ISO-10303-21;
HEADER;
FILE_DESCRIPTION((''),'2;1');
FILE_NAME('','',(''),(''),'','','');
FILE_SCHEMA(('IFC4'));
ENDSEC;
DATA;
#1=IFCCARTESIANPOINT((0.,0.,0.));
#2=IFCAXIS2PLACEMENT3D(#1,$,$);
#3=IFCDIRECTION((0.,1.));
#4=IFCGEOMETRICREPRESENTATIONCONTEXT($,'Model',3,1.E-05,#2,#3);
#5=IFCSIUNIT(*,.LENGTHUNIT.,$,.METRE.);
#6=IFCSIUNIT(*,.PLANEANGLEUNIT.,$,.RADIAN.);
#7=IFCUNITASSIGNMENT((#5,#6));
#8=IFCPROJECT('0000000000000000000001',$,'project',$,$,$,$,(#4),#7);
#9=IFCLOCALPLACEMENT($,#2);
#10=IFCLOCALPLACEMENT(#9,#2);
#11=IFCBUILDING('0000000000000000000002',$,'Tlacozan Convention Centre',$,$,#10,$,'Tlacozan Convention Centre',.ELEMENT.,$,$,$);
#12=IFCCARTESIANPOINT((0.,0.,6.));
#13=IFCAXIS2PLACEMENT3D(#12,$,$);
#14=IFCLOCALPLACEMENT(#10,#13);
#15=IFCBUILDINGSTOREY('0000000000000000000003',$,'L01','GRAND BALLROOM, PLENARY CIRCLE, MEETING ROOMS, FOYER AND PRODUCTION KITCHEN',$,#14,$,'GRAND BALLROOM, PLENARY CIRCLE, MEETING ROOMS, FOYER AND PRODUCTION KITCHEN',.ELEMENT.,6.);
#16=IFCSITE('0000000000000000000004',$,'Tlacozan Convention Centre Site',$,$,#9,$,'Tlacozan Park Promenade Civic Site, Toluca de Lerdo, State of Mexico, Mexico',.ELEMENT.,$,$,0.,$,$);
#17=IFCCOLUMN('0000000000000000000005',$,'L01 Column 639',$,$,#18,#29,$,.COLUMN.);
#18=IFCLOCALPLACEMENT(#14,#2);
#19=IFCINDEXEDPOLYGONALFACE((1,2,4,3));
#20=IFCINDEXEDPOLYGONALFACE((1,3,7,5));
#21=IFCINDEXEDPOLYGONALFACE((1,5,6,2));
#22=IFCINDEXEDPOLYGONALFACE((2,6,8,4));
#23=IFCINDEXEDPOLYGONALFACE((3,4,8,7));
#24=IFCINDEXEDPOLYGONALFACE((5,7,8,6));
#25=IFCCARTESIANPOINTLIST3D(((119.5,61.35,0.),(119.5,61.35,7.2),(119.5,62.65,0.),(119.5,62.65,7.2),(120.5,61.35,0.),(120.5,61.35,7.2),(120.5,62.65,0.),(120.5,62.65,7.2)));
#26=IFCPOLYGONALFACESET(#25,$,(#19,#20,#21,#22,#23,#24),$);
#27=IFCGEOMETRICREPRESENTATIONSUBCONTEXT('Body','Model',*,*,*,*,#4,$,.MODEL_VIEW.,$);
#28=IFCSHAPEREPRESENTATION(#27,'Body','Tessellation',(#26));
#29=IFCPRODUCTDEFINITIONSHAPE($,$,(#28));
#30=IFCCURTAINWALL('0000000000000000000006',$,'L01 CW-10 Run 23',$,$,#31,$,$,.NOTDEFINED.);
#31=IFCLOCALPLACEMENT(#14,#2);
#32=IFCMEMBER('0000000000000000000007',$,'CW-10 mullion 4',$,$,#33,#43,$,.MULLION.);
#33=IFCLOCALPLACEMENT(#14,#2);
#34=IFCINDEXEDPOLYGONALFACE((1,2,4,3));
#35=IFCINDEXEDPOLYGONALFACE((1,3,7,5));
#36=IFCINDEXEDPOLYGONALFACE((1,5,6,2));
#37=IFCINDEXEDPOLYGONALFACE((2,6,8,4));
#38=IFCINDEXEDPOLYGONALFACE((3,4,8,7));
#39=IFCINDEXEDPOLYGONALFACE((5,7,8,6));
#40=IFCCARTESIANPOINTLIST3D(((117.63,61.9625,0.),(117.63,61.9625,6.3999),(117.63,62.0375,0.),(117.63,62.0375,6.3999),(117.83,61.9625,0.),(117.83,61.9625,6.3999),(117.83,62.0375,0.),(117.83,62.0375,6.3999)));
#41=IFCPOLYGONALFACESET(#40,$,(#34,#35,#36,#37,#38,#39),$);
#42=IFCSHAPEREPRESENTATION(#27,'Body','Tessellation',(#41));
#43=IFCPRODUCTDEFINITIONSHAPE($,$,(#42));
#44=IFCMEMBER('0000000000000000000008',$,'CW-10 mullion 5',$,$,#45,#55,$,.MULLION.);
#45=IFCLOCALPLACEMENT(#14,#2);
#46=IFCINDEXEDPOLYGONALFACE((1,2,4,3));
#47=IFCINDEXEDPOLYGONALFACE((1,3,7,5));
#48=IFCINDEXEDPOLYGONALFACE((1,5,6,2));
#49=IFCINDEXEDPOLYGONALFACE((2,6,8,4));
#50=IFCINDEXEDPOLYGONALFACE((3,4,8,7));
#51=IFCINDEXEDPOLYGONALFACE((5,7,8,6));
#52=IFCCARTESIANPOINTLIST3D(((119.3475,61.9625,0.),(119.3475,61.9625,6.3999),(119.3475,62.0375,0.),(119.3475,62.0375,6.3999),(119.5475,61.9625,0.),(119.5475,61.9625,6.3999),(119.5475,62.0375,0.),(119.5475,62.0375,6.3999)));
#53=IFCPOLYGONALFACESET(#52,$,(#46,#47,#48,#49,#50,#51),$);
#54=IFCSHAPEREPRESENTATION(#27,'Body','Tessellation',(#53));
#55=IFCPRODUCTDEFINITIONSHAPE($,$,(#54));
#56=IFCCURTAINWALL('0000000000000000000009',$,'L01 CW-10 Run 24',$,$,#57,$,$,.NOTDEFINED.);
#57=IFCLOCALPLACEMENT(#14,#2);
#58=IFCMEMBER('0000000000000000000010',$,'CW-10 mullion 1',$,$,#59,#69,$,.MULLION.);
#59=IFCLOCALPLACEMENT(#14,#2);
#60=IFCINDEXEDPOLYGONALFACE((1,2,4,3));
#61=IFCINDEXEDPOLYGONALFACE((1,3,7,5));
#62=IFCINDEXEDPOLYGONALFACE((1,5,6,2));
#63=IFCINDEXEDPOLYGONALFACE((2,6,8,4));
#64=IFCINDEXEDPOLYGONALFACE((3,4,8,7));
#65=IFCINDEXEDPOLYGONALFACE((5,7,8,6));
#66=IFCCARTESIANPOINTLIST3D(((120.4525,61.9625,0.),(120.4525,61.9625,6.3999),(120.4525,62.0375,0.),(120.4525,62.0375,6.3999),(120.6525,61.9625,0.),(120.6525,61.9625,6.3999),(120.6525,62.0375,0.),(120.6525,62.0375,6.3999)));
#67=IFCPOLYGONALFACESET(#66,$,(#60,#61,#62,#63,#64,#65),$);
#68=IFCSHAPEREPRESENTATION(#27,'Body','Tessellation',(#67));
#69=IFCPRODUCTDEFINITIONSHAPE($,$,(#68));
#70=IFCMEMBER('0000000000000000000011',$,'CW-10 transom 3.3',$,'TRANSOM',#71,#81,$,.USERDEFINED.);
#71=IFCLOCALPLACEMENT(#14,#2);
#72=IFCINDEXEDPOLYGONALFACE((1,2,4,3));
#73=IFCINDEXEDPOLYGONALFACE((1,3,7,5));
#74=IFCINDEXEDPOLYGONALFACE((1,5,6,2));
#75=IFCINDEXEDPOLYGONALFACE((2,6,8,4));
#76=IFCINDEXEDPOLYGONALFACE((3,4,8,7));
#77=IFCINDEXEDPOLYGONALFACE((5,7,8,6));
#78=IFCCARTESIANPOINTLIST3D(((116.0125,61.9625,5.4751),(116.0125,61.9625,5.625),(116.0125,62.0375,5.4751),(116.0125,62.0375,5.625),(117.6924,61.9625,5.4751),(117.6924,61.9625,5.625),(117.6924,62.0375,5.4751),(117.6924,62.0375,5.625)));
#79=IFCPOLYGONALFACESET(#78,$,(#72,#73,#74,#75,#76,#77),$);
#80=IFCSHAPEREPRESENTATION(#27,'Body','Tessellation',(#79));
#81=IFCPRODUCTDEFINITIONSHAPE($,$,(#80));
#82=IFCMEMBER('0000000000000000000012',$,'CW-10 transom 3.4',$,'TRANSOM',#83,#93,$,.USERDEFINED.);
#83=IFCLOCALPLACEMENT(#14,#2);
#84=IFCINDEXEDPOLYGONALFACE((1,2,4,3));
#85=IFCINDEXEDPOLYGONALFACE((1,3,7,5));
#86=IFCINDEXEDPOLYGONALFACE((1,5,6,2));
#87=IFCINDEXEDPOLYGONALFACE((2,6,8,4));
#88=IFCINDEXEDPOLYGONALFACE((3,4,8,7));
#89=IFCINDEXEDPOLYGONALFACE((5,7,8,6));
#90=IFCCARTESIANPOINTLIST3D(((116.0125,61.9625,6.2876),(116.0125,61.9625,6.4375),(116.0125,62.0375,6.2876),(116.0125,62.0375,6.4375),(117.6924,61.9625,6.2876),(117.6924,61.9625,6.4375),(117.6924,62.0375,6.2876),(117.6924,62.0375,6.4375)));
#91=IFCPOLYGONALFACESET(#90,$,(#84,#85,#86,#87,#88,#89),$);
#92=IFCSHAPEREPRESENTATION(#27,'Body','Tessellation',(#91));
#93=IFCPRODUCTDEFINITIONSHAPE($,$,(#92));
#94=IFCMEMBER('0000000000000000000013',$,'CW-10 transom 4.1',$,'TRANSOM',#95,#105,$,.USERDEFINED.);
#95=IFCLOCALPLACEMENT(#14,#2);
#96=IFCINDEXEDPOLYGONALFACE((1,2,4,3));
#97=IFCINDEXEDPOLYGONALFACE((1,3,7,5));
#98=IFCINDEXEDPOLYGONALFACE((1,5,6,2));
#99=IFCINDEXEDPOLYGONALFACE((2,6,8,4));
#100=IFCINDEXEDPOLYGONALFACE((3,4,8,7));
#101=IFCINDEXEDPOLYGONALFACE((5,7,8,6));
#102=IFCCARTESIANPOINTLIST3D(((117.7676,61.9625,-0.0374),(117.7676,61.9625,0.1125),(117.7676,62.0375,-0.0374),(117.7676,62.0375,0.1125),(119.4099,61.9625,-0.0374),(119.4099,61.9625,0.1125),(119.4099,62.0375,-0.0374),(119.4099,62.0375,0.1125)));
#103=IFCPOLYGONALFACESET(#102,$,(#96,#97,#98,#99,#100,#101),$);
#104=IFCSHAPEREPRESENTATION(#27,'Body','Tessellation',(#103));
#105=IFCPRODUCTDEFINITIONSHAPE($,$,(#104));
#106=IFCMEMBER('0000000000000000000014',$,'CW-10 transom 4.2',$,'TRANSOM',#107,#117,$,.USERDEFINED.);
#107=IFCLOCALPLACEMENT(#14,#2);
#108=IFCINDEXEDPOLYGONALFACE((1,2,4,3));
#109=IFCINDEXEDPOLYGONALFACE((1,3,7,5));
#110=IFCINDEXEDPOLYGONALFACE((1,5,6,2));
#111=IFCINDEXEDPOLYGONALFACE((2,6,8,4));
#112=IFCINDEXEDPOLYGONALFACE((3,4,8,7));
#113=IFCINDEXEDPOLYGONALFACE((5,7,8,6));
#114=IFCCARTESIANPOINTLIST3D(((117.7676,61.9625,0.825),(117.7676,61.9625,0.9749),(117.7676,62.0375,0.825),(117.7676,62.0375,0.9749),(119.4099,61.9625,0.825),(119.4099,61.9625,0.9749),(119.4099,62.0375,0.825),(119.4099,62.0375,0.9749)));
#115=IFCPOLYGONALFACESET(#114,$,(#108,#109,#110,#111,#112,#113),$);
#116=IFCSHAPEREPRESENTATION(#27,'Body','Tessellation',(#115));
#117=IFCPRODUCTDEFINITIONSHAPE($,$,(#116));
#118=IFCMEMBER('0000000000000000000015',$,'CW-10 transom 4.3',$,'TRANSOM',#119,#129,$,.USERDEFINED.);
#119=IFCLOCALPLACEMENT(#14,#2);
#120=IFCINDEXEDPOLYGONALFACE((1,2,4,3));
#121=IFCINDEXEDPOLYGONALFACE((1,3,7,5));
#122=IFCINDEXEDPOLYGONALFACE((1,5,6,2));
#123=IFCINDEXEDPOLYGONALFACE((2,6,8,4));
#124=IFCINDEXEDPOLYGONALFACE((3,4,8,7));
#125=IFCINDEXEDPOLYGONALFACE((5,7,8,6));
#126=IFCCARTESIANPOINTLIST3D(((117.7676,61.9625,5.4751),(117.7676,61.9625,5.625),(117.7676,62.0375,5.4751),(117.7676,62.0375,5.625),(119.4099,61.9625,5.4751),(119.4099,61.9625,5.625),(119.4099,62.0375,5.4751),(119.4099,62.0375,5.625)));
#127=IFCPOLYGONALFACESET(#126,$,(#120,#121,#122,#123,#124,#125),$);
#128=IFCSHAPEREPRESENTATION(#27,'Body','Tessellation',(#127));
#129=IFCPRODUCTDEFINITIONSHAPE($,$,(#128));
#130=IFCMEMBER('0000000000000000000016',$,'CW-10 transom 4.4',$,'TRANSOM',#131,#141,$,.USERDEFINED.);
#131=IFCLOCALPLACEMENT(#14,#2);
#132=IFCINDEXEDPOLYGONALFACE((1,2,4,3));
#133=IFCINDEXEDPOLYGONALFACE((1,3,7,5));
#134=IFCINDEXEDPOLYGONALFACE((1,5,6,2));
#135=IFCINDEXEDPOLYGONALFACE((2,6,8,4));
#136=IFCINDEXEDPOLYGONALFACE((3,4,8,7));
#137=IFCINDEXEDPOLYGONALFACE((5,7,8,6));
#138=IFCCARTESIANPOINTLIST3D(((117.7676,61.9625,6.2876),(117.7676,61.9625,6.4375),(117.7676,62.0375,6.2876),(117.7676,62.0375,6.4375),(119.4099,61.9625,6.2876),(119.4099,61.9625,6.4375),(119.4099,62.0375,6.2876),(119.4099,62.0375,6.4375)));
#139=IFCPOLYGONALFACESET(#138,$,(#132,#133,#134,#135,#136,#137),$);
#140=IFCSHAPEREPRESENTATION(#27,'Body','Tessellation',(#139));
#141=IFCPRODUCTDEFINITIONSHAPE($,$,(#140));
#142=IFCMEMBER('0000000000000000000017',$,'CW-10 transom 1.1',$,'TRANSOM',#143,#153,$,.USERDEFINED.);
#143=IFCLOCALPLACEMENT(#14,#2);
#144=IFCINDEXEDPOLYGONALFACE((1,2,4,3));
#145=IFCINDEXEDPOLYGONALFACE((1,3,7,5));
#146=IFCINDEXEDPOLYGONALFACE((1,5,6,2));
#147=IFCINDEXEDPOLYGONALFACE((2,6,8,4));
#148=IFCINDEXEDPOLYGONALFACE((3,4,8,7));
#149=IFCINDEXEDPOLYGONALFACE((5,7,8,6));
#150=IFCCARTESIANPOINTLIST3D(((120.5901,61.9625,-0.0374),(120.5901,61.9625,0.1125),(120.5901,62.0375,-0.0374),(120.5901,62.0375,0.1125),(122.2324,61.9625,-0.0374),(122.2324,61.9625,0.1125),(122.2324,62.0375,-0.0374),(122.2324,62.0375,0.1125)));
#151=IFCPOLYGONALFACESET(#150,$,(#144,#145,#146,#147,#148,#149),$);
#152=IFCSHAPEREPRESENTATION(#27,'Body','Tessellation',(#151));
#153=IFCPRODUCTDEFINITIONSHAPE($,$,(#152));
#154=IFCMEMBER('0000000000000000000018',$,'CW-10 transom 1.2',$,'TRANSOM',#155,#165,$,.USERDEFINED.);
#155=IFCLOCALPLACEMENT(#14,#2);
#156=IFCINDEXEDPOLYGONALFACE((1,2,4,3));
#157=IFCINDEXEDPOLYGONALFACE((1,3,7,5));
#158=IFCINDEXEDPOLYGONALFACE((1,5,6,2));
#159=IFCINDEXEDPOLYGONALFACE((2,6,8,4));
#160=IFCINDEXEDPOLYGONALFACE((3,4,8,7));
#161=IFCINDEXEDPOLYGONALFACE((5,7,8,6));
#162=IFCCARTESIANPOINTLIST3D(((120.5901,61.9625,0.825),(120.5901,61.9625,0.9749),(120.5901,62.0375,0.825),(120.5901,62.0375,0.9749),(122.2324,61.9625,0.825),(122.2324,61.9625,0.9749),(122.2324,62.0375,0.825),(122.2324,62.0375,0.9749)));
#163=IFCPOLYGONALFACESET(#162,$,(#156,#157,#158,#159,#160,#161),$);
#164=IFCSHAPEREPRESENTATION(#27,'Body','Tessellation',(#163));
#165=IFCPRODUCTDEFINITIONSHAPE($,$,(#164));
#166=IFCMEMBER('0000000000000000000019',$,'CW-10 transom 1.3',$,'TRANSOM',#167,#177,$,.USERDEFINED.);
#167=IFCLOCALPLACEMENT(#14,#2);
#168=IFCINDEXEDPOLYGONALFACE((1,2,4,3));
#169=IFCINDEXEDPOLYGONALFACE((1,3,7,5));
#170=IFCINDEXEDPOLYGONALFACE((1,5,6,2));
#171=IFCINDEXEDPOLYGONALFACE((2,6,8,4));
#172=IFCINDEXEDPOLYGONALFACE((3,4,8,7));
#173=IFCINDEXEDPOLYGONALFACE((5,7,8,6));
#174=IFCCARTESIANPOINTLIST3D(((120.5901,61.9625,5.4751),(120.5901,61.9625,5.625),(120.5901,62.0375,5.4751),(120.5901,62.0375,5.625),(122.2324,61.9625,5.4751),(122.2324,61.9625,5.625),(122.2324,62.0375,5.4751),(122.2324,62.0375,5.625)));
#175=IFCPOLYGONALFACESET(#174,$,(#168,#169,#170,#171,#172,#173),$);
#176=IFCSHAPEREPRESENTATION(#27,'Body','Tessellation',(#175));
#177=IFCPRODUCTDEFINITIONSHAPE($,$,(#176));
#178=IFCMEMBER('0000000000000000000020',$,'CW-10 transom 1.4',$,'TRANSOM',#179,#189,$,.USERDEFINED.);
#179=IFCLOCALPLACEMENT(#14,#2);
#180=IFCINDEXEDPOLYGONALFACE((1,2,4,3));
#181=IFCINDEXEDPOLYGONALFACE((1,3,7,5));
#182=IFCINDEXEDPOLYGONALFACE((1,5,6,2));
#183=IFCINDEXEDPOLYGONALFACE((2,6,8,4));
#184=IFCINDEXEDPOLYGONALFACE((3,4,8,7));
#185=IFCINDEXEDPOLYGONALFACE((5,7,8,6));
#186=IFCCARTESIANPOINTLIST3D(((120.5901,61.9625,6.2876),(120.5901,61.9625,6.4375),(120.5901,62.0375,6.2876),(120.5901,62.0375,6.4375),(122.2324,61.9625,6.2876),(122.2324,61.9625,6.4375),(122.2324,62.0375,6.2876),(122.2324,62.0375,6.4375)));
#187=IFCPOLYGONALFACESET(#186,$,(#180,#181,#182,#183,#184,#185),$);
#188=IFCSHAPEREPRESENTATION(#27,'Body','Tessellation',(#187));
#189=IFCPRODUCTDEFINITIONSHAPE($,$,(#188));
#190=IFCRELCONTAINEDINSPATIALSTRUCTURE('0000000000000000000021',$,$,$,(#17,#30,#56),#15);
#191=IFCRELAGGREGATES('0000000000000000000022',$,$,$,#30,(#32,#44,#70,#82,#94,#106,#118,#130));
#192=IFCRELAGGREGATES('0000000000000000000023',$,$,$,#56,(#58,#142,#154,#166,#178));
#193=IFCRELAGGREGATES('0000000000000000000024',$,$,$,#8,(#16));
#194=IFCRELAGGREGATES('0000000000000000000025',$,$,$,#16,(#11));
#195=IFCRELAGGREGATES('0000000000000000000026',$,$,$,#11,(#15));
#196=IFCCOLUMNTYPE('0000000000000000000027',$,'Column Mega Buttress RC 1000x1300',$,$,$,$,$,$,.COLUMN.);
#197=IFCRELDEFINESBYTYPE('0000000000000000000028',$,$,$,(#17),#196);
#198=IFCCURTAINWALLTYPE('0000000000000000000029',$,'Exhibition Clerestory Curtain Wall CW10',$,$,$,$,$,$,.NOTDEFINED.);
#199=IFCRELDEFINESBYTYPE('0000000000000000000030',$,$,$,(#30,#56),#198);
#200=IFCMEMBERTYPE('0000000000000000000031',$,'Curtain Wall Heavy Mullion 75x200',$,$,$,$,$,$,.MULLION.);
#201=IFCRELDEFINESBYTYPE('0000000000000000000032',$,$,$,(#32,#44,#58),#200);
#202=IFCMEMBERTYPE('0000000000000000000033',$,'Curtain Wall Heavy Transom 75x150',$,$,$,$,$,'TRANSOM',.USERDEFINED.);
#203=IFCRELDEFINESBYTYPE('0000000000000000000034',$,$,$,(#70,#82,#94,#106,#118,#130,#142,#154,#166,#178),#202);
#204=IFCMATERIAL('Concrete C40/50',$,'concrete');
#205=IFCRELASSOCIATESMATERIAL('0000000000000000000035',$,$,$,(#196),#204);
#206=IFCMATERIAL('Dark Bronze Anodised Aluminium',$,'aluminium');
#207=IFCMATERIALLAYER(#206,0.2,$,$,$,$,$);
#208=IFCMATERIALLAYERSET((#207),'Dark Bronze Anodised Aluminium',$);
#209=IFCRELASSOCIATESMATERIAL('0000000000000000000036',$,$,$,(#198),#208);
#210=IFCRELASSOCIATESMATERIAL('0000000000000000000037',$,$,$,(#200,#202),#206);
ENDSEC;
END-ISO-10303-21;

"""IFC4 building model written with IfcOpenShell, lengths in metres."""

from ifc_helpers import new_model, si_unit, direction, frame, origin, origin_2d, place, context, subcontext, project, spatial, rectangle, extrude, material, layer, layer_set, material_profile, profile_set, type_object, element, aggregate, save


model = new_model("IFC4")

# Units and contexts
model_context = context("Model", 3, precision=1e-05, world=origin(), true_north=direction((0.0, 1.0)))
body_context = subcontext(model_context, "Body", "Model", "MODEL_VIEW")
ifc_project = project(units=[si_unit("LENGTHUNIT", "METRE"), si_unit("PLANEANGLEUNIT", "RADIAN")], contexts=[model_context])

# Site, building, storey
site_placement = place(None, origin())
site = spatial("IfcSite", under=ifc_project, at=site_placement, Name="Tlacozan Convention Centre Site", LongName="Tlacozan Park Promenade Civic Site, Toluca de Lerdo, State of Mexico, Mexico", CompositionType="ELEMENT", RefElevation=0.0)
building_placement = place(site_placement, origin())
building = spatial("IfcBuilding", under=site, at=building_placement, Name="Tlacozan Convention Centre", LongName="Tlacozan Convention Centre", CompositionType="ELEMENT")
storey_placement = place(building_placement, frame((0.0, 0.0, 6.0)))
storey = spatial("IfcBuildingStorey", under=building, at=storey_placement, Name="L01", Description="GRAND BALLROOM, PLENARY CIRCLE, MEETING ROOMS, FOYER AND PRODUCTION KITCHEN", LongName="GRAND BALLROOM, PLENARY CIRCLE, MEETING ROOMS, FOYER AND PRODUCTION KITCHEN", CompositionType="ELEMENT", Elevation=6.0)

# Column
ifc_material_1 = material(Name="Concrete C40/50", Category="concrete")
ifc_material_profile_1 = material_profile(ifc_material_1, rectangle(XDim=1.0, YDim=1.3, at=origin_2d()), Name="RC 1000x1300")
ifc_profile_set_1 = profile_set([ifc_material_profile_1], Name="Concrete C40/50")
column_type = type_object("IfcColumnType", Name="Column Mega Buttress RC 1000x1300", PredefinedType="COLUMN", material=ifc_profile_set_1)
column_placement = place(storey_placement, frame((120.0, 62.0, 0.0), z_axis=(0.0, 0.0, 1.0), x_axis=(1.0, 0.0, 0.0)))
element("IfcColumn", 1, at=column_placement, inside=storey, type_object=column_type, Name="L01 Column 639", PredefinedType="COLUMN", context=body_context, shape_type="SweptSolid", body=[
    extrude(rectangle(XDim=1.0, YDim=1.3, at=origin_2d()), origin(), (0.0, 0.0, 1.0), 7.2),
])

# Curtain wall, members
ifc_material_2 = material(Name="Dark Bronze Anodised Aluminium", Category="aluminium")
ifc_layer_1 = layer(ifc_material_2, 0.2)
ifc_layer_set_1 = layer_set([ifc_layer_1], Name="Dark Bronze Anodised Aluminium")
curtain_wall_type = type_object("IfcCurtainWallType", Name="Exhibition Clerestory Curtain Wall CW10", PredefinedType="NOTDEFINED", material=ifc_layer_set_1)
curtain_wall_1_placement = place(storey_placement, origin())
curtain_wall_1 = element("IfcCurtainWall", 2, at=curtain_wall_1_placement, inside=storey, type_object=curtain_wall_type, Name="L01 CW-10 Run 23", PredefinedType="NOTDEFINED")
ifc_material_profile_2 = material_profile(ifc_material_2, rectangle(XDim=0.075, YDim=0.2, at=origin_2d()), Name="ALU 75x200")
ifc_profile_set_2 = profile_set([ifc_material_profile_2], Name="Dark Bronze Anodised Aluminium")
member_type_1 = type_object("IfcMemberType", Name="Curtain Wall Heavy Mullion 75x200", PredefinedType="MULLION", material=ifc_profile_set_2)
member_1_placement = place(storey_placement, frame((117.73, 62.0, 0.0), z_axis=(0.0, 0.0, 1.0), x_axis=(0.0, 1.0, 0.0)))
member_1 = element("IfcMember", 3, at=member_1_placement, type_object=member_type_1, Name="CW-10 mullion 4", PredefinedType="MULLION", context=body_context, shape_type="SweptSolid", body=[
    extrude(rectangle(XDim=0.075, YDim=0.2, at=origin_2d()), origin(), (0.0, 0.0, 1.0), 6.3999),
])
member_2_placement = place(storey_placement, frame((119.4475, 62.0, 0.0), z_axis=(0.0, 0.0, 1.0), x_axis=(0.0, 1.0, 0.0)))
member_2 = element("IfcMember", 4, at=member_2_placement, type_object=member_type_1, Name="CW-10 mullion 5", PredefinedType="MULLION", context=body_context, shape_type="SweptSolid", body=[
    extrude(rectangle(XDim=0.075, YDim=0.2, at=origin_2d()), origin(), (0.0, 0.0, 1.0), 6.3999),
])

# Curtain wall, member
curtain_wall_2_placement = place(storey_placement, origin())
curtain_wall_2 = element("IfcCurtainWall", 5, at=curtain_wall_2_placement, inside=storey, type_object=curtain_wall_type, Name="L01 CW-10 Run 24", PredefinedType="NOTDEFINED")
member_3_placement = place(storey_placement, frame((120.5525, 62.0, 0.0), z_axis=(0.0, 0.0, 1.0), x_axis=(0.0, 1.0, 0.0)))
member_3 = element("IfcMember", 6, at=member_3_placement, type_object=member_type_1, Name="CW-10 mullion 1", PredefinedType="MULLION", context=body_context, shape_type="SweptSolid", body=[
    extrude(rectangle(XDim=0.075, YDim=0.2, at=origin_2d()), origin(), (0.0, 0.0, 1.0), 6.3999),
])

# Members
ifc_material_profile_3 = material_profile(ifc_material_2, rectangle(XDim=0.075, YDim=0.1499, at=origin_2d()), Name="ALU 75x150")
ifc_profile_set_3 = profile_set([ifc_material_profile_3], Name="Dark Bronze Anodised Aluminium")
member_type_2 = type_object("IfcMemberType", Name="Curtain Wall Heavy Transom 75x150", ElementType="TRANSOM", PredefinedType="USERDEFINED", material=ifc_profile_set_3)
member_4_placement = place(storey_placement, frame((116.0125, 62.0, 5.55), z_axis=(1.0, 0.0, 0.0), x_axis=(0.0, 1.0, 0.0)))
member_4 = element("IfcMember", 7, at=member_4_placement, type_object=member_type_2, Name="CW-10 transom 3.3", ObjectType="TRANSOM", PredefinedType="USERDEFINED", context=body_context, shape_type="SweptSolid", body=[
    extrude(rectangle(XDim=0.075, YDim=0.1499, at=origin_2d()), origin(), (0.0, 0.0, 1.0), 1.6799),
])
member_5_placement = place(storey_placement, frame((116.0125, 62.0, 6.3625), z_axis=(1.0, 0.0, 0.0), x_axis=(0.0, 1.0, 0.0)))
member_5 = element("IfcMember", 8, at=member_5_placement, type_object=member_type_2, Name="CW-10 transom 3.4", ObjectType="TRANSOM", PredefinedType="USERDEFINED", context=body_context, shape_type="SweptSolid", body=[
    extrude(rectangle(XDim=0.075, YDim=0.1499, at=origin_2d()), origin(), (0.0, 0.0, 1.0), 1.6799),
])
member_6_placement = place(storey_placement, frame((117.7676, 62.0, 0.0376), z_axis=(1.0, 0.0, 0.0), x_axis=(0.0, 1.0, 0.0)))
member_6 = element("IfcMember", 9, at=member_6_placement, type_object=member_type_2, Name="CW-10 transom 4.1", ObjectType="TRANSOM", PredefinedType="USERDEFINED", context=body_context, shape_type="SweptSolid", body=[
    extrude(rectangle(XDim=0.075, YDim=0.1499, at=origin_2d()), origin(), (0.0, 0.0, 1.0), 1.6423),
])
member_7_placement = place(storey_placement, frame((117.7676, 62.0, 0.8999), z_axis=(1.0, 0.0, 0.0), x_axis=(0.0, 1.0, 0.0)))
member_7 = element("IfcMember", 10, at=member_7_placement, type_object=member_type_2, Name="CW-10 transom 4.2", ObjectType="TRANSOM", PredefinedType="USERDEFINED", context=body_context, shape_type="SweptSolid", body=[
    extrude(rectangle(XDim=0.075, YDim=0.1499, at=origin_2d()), origin(), (0.0, 0.0, 1.0), 1.6423),
])
member_8_placement = place(storey_placement, frame((117.7676, 62.0, 5.55), z_axis=(1.0, 0.0, 0.0), x_axis=(0.0, 1.0, 0.0)))
member_8 = element("IfcMember", 11, at=member_8_placement, type_object=member_type_2, Name="CW-10 transom 4.3", ObjectType="TRANSOM", PredefinedType="USERDEFINED", context=body_context, shape_type="SweptSolid", body=[
    extrude(rectangle(XDim=0.075, YDim=0.1499, at=origin_2d()), origin(), (0.0, 0.0, 1.0), 1.6423),
])
member_9_placement = place(storey_placement, frame((117.7676, 62.0, 6.3625), z_axis=(1.0, 0.0, 0.0), x_axis=(0.0, 1.0, 0.0)))
member_9 = element("IfcMember", 12, at=member_9_placement, type_object=member_type_2, Name="CW-10 transom 4.4", ObjectType="TRANSOM", PredefinedType="USERDEFINED", context=body_context, shape_type="SweptSolid", body=[
    extrude(rectangle(XDim=0.075, YDim=0.1499, at=origin_2d()), origin(), (0.0, 0.0, 1.0), 1.6423),
])
member_10_placement = place(storey_placement, frame((120.5901, 62.0, 0.0376), z_axis=(1.0, 0.0, 0.0), x_axis=(0.0, 1.0, 0.0)))
member_10 = element("IfcMember", 13, at=member_10_placement, type_object=member_type_2, Name="CW-10 transom 1.1", ObjectType="TRANSOM", PredefinedType="USERDEFINED", context=body_context, shape_type="SweptSolid", body=[
    extrude(rectangle(XDim=0.075, YDim=0.1499, at=origin_2d()), origin(), (0.0, 0.0, 1.0), 1.6423),
])
member_11_placement = place(storey_placement, frame((120.5901, 62.0, 0.8999), z_axis=(1.0, 0.0, 0.0), x_axis=(0.0, 1.0, 0.0)))
member_11 = element("IfcMember", 14, at=member_11_placement, type_object=member_type_2, Name="CW-10 transom 1.2", ObjectType="TRANSOM", PredefinedType="USERDEFINED", context=body_context, shape_type="SweptSolid", body=[
    extrude(rectangle(XDim=0.075, YDim=0.1499, at=origin_2d()), origin(), (0.0, 0.0, 1.0), 1.6423),
])
member_12_placement = place(storey_placement, frame((120.5901, 62.0, 5.55), z_axis=(1.0, 0.0, 0.0), x_axis=(0.0, 1.0, 0.0)))
member_12 = element("IfcMember", 15, at=member_12_placement, type_object=member_type_2, Name="CW-10 transom 1.3", ObjectType="TRANSOM", PredefinedType="USERDEFINED", context=body_context, shape_type="SweptSolid", body=[
    extrude(rectangle(XDim=0.075, YDim=0.1499, at=origin_2d()), origin(), (0.0, 0.0, 1.0), 1.6423),
])
member_13_placement = place(storey_placement, frame((120.5901, 62.0, 6.3625), z_axis=(1.0, 0.0, 0.0), x_axis=(0.0, 1.0, 0.0)))
member_13 = element("IfcMember", 16, at=member_13_placement, type_object=member_type_2, Name="CW-10 transom 1.4", ObjectType="TRANSOM", PredefinedType="USERDEFINED", context=body_context, shape_type="SweptSolid", body=[
    extrude(rectangle(XDim=0.075, YDim=0.1499, at=origin_2d()), origin(), (0.0, 0.0, 1.0), 1.6423),
])

aggregate(curtain_wall_1, [member_1, member_2, member_4, member_5, member_6, member_7, member_8, member_9])
aggregate(curtain_wall_2, [member_3, member_10, member_11, member_12, member_13])

save(model, "model.ifc")
